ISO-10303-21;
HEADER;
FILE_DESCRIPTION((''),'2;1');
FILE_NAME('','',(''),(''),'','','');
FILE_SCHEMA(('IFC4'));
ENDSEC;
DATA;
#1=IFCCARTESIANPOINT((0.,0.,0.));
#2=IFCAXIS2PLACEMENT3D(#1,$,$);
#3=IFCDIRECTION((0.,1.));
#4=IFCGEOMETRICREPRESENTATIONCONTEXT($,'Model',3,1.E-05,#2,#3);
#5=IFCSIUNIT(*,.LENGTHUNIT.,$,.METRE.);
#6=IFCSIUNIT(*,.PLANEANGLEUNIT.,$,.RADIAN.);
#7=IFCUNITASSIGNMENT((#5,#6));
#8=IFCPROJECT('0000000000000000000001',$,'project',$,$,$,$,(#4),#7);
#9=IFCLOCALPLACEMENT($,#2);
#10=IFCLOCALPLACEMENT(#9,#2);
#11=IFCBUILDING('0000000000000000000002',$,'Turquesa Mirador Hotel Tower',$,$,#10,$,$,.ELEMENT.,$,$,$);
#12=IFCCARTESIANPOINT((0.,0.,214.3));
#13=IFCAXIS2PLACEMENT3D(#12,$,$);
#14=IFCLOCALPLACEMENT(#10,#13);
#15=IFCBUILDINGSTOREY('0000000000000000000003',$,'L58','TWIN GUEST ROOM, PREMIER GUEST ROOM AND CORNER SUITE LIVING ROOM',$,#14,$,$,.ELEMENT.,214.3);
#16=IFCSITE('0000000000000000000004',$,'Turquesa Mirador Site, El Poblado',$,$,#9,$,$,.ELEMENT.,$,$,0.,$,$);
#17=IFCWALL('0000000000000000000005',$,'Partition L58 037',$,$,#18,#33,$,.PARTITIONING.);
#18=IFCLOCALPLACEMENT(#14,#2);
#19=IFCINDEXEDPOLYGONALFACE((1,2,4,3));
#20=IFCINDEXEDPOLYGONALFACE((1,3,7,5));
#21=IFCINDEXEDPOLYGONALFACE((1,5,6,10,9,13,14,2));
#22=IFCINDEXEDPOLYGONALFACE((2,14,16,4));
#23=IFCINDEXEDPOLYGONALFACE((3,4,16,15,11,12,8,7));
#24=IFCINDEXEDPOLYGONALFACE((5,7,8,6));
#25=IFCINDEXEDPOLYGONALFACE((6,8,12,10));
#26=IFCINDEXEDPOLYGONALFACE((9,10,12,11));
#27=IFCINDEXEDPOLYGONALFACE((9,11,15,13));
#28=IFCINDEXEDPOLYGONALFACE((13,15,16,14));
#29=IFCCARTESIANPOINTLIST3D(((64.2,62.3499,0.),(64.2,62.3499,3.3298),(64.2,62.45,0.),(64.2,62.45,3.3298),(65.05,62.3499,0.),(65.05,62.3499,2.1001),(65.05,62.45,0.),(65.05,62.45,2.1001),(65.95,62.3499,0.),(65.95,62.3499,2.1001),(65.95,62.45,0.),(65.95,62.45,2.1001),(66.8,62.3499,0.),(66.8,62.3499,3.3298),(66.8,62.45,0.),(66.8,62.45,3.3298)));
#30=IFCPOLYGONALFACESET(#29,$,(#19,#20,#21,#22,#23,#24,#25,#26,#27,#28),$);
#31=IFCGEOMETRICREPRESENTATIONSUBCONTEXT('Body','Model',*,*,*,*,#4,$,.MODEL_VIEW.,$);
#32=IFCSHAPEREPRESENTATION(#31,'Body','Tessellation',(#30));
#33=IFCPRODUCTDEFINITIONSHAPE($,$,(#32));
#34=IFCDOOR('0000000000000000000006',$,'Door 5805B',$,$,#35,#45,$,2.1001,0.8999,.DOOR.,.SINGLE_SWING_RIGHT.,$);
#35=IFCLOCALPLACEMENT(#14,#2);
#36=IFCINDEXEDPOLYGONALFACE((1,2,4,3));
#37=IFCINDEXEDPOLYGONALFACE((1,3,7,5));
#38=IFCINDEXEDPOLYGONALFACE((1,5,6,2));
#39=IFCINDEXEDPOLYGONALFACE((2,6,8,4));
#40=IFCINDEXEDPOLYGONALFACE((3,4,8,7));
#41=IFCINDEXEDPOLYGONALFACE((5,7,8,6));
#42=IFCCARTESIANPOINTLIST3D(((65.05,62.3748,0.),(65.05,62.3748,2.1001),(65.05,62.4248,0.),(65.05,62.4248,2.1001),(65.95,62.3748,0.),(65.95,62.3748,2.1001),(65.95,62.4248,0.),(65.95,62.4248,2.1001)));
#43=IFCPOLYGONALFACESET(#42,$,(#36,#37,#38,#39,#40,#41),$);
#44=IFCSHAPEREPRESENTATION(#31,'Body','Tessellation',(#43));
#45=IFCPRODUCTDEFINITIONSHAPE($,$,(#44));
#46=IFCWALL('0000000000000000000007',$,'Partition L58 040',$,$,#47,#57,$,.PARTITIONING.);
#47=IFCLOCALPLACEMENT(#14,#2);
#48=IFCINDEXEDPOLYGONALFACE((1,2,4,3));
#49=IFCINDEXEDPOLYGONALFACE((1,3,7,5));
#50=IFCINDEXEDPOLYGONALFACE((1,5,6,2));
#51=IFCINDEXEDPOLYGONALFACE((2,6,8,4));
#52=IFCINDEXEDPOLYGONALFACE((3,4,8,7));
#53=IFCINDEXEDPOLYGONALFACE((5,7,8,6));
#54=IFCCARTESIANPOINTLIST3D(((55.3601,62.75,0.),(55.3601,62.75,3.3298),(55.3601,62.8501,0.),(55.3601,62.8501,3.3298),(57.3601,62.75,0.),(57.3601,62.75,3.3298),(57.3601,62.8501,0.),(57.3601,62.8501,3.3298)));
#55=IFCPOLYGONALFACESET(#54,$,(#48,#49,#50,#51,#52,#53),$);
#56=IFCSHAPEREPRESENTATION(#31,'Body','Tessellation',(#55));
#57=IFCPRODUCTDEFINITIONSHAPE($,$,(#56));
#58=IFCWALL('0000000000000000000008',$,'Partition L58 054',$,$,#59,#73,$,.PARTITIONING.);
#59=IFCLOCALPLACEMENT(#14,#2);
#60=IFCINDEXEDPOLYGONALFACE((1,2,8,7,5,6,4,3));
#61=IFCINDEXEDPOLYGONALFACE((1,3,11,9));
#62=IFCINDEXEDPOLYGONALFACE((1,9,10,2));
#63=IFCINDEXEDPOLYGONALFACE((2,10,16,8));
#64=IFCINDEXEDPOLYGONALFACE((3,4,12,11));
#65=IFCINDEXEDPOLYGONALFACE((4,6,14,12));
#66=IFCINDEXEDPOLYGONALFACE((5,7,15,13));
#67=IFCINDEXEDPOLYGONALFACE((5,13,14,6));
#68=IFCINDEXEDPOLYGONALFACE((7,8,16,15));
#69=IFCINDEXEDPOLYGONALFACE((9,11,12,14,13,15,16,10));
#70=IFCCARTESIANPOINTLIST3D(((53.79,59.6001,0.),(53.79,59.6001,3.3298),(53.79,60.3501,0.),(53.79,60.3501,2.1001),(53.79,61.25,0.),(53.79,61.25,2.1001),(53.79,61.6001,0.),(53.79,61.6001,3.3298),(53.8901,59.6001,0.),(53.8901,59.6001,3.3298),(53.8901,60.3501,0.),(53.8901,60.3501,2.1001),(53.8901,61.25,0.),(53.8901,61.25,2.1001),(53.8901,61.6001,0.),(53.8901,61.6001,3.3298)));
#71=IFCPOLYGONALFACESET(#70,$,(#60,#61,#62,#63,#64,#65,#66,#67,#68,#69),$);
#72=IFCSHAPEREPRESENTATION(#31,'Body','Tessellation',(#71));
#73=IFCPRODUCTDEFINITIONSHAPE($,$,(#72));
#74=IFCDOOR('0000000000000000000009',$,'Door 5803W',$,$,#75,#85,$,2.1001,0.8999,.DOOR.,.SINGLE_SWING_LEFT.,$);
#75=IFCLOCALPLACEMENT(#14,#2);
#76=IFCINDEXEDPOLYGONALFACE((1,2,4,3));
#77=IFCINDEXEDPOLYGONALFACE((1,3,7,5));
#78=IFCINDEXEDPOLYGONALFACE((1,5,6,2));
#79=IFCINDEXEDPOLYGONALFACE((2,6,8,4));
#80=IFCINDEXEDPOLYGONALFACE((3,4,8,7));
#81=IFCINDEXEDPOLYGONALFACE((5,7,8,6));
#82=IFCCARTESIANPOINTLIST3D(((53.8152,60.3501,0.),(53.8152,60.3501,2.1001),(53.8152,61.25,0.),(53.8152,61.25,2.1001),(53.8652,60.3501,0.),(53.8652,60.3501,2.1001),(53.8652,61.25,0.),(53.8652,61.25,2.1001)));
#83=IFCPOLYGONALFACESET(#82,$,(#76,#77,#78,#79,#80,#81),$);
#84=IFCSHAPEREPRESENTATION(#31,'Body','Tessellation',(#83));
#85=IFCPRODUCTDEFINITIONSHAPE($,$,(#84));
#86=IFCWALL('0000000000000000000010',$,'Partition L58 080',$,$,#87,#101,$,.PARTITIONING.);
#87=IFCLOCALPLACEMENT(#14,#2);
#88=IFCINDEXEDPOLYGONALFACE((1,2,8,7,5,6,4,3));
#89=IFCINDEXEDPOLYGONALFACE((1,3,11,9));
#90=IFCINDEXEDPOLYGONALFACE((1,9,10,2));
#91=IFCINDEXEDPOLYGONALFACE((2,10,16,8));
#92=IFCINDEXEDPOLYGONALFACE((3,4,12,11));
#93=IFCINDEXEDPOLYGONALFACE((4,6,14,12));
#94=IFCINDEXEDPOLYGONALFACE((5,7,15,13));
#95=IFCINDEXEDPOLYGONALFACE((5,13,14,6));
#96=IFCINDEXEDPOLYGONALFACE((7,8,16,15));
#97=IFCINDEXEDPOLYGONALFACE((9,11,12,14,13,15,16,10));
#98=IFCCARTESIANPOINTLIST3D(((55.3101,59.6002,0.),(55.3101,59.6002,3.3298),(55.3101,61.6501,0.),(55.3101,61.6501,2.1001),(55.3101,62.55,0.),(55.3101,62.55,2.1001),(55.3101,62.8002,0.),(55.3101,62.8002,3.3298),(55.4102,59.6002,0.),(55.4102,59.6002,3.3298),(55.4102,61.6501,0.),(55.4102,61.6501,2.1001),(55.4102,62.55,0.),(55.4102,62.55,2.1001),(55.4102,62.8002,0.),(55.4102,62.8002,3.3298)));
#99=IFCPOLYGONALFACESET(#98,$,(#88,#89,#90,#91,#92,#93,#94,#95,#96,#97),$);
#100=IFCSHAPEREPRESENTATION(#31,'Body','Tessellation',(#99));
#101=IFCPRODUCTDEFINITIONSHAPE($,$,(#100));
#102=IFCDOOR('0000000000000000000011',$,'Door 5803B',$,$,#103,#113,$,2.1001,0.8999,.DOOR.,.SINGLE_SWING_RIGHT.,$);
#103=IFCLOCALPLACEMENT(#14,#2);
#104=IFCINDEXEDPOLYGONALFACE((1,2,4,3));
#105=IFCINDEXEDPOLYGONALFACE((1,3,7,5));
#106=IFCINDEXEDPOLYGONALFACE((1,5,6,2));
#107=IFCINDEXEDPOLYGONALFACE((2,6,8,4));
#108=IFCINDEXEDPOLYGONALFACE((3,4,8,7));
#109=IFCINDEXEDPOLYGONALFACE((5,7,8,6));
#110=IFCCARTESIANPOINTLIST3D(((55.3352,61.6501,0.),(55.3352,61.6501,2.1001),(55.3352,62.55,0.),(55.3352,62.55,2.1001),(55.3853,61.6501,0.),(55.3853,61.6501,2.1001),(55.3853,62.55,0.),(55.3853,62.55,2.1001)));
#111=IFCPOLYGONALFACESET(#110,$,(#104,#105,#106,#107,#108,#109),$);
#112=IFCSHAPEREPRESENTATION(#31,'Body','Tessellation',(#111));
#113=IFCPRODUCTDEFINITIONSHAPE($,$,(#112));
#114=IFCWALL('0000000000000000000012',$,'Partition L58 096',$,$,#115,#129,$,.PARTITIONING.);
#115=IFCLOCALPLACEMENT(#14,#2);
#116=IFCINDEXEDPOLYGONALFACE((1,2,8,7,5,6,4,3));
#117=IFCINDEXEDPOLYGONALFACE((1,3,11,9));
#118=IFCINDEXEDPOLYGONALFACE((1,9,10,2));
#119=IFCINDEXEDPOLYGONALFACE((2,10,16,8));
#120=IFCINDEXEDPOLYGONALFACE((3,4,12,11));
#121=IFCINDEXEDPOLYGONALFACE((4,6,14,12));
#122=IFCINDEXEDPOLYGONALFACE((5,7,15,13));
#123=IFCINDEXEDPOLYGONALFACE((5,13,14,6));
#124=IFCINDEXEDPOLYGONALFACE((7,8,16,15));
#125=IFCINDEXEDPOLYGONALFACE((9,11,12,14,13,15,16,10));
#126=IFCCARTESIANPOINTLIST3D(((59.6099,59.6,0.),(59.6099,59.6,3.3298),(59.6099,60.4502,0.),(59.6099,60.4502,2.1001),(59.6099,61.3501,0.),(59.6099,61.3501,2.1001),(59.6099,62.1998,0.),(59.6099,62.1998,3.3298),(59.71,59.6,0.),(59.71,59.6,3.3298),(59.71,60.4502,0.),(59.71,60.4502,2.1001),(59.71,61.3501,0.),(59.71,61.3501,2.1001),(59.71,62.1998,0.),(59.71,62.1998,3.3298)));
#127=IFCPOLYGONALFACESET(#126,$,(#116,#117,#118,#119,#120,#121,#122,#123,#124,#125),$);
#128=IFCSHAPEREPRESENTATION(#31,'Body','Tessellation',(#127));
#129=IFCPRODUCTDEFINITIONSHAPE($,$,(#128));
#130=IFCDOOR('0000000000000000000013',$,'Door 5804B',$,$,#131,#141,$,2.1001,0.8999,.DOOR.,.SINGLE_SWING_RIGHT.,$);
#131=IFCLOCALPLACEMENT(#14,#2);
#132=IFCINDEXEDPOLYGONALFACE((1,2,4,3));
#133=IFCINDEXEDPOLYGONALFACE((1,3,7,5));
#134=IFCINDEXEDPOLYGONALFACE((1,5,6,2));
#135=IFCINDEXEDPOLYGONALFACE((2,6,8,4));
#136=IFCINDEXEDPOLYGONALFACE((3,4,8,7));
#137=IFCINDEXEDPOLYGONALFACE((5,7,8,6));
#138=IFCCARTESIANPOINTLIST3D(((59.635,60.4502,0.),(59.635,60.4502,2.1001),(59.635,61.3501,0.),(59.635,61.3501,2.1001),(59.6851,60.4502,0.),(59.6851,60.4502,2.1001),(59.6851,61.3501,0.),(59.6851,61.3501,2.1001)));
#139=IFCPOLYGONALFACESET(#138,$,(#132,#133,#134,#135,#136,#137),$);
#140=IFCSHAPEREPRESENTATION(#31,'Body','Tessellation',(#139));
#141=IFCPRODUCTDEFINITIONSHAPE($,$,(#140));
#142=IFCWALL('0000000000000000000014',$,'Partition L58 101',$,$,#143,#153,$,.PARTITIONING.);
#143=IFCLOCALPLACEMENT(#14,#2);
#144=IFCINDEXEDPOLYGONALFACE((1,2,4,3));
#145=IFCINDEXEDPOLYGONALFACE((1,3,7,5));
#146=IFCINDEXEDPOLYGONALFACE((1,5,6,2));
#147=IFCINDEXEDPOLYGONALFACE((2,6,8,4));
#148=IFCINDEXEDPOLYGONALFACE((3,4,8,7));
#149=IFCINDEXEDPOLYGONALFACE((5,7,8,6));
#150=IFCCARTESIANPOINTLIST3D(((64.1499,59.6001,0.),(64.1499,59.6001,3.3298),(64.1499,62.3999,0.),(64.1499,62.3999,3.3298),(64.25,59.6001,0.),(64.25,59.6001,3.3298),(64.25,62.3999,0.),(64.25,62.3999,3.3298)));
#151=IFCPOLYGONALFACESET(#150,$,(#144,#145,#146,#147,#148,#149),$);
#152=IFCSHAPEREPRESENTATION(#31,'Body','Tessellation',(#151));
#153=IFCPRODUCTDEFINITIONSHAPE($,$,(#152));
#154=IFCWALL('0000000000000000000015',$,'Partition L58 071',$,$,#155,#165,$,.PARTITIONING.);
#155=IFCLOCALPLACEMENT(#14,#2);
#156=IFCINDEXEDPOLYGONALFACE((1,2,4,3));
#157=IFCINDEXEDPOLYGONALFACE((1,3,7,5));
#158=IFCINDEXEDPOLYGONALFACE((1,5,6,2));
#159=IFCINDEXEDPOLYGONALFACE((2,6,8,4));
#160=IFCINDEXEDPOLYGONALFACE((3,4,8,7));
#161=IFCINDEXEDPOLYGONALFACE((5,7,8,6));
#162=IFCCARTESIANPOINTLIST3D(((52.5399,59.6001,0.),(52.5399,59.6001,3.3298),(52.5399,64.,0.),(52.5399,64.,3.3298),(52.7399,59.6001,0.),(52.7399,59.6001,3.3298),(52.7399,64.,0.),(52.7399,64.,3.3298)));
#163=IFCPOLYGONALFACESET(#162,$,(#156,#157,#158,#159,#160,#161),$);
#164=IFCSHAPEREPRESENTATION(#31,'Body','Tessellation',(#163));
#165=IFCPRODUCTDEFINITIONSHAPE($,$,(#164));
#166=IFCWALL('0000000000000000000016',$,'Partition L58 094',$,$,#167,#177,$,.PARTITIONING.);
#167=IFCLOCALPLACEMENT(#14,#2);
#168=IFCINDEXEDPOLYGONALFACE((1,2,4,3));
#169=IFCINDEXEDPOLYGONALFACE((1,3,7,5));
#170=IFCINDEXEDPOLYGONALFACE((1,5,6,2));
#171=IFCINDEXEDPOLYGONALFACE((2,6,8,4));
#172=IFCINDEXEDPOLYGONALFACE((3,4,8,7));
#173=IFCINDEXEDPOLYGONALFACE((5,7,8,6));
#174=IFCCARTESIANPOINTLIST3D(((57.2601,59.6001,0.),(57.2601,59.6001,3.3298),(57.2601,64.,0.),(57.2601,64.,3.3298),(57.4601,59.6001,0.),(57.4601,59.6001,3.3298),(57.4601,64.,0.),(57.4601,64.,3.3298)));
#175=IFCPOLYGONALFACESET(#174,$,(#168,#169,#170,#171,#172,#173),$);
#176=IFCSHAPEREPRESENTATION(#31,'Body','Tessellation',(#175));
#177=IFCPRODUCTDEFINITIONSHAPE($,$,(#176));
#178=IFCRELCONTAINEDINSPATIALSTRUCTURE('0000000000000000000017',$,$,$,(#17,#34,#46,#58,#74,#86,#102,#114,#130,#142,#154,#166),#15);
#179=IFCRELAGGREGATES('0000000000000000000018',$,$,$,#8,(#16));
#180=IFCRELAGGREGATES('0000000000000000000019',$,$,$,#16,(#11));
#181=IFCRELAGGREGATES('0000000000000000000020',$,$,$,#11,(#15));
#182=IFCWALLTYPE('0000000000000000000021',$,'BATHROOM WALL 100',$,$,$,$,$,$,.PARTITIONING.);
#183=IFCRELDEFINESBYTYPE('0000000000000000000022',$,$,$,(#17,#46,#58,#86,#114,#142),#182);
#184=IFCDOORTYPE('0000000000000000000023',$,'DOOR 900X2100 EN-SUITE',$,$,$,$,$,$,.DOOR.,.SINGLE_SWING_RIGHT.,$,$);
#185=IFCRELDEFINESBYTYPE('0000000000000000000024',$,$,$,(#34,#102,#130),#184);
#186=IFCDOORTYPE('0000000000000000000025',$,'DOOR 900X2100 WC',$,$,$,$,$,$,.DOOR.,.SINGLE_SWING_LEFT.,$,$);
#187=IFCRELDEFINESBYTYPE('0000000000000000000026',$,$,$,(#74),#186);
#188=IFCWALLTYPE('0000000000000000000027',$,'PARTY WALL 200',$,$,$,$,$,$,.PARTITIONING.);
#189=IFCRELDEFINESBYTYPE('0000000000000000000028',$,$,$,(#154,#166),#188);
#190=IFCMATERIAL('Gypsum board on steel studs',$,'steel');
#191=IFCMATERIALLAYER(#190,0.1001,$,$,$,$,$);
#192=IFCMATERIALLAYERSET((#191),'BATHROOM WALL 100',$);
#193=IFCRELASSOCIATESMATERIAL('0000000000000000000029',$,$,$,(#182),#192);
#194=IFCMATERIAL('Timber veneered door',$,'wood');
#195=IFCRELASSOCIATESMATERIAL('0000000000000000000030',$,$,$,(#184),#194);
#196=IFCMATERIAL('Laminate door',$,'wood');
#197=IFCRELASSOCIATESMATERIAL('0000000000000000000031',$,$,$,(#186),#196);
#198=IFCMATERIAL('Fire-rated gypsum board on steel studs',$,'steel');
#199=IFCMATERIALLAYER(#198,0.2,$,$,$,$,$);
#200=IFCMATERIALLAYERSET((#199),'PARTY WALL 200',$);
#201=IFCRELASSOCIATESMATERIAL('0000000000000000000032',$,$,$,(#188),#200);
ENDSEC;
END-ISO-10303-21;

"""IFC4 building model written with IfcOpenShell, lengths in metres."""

from ifc_helpers import new_model, si_unit, direction, frame, frame_2d, origin, place, context, subcontext, project, spatial, rectangle, extrude, material, layer, layer_set, type_object, element, fill, save


model = new_model("IFC4")

# Units and contexts
model_context = context("Model", 3, precision=1e-05, world=origin(), true_north=direction((0.0, 1.0)))
body_context = subcontext(model_context, "Body", "Model", "MODEL_VIEW")
ifc_project = project(units=[si_unit("LENGTHUNIT", "METRE"), si_unit("PLANEANGLEUNIT", "RADIAN")], contexts=[model_context])

# Site, building, storey
site_placement = place(None, origin())
site = spatial("IfcSite", under=ifc_project, at=site_placement, Name="Turquesa Mirador Site, El Poblado", CompositionType="ELEMENT", RefElevation=0.0)
building_placement = place(site_placement, origin())
building = spatial("IfcBuilding", under=site, at=building_placement, Name="Turquesa Mirador Hotel Tower", CompositionType="ELEMENT")
storey_placement = place(building_placement, frame((0.0, 0.0, 214.3)))
storey = spatial("IfcBuildingStorey", under=building, at=storey_placement, Name="L58", Description="TWIN GUEST ROOM, PREMIER GUEST ROOM AND CORNER SUITE LIVING ROOM", CompositionType="ELEMENT", Elevation=214.3)

# Shared definitions
ifc_material_1 = material(Name="Gypsum board on steel studs", Category="steel")
ifc_layer_1 = layer(ifc_material_1, 0.1001)
ifc_layer_set_1 = layer_set([ifc_layer_1], Name="BATHROOM WALL 100")
wall_type_1 = type_object("IfcWallType", Name="BATHROOM WALL 100", PredefinedType="PARTITIONING", material=ifc_layer_set_1)

# Wall, opening, door
wall_1_placement = place(storey_placement, frame((64.2, 62.3999, 0.0), z_axis=(0.0, 0.0, 1.0), x_axis=(1.0, 0.0, 0.0)))
wall_1 = element("IfcWall", 1, at=wall_1_placement, inside=storey, type_object=wall_type_1, Name="Partition L58 037", PredefinedType="PARTITIONING", context=body_context, shape_type="SweptSolid", body=[
    extrude(rectangle(XDim=2.6001, YDim=0.1001, at=frame_2d((1.3, 0.0))), origin(), (0.0, 0.0, 1.0), 3.3298),
])
opening_1_placement = place(wall_1_placement, frame((0.8501, 0.0, 0.0)))
opening_1 = element("IfcOpeningElement", 2, at=opening_1_placement, cuts=wall_1, PredefinedType="OPENING", context=body_context, shape_type="SweptSolid", body=[
    extrude(rectangle(XDim=0.8999, YDim=2.1001, at=frame_2d((0.45, 1.05))), frame((0.0, 0.0601, 0.0), z_axis=(0.0, -1.0, 0.0), x_axis=(1.0, 0.0, 0.0)), (0.0, 0.0, 1.0), 0.1201),
])
ifc_material_2 = material(Name="Timber veneered door", Category="wood")
door_type_1 = type_object("IfcDoorType", Name="DOOR 900X2100 EN-SUITE", OperationType="SINGLE_SWING_RIGHT", PredefinedType="DOOR", material=ifc_material_2)
door_1_placement = place(opening_1_placement, origin())
door_1 = element("IfcDoor", 3, at=door_1_placement, inside=storey, type_object=door_type_1, Name="Door 5805B", OperationType="SINGLE_SWING_RIGHT", OverallHeight=2.1001, OverallWidth=0.8999, PredefinedType="DOOR", context=body_context, shape_type="SweptSolid", body=[
    extrude(rectangle(XDim=0.8999, YDim=2.1001, at=frame_2d((0.45, 1.05))), frame((0.0, 0.0249, 0.0), z_axis=(0.0, -1.0, 0.0), x_axis=(1.0, 0.0, 0.0)), (0.0, 0.0, 1.0), 0.05),
])
fill(opening_1, door_1)

# Wall
wall_2_placement = place(storey_placement, frame((55.3601, 62.8, 0.0), z_axis=(0.0, 0.0, 1.0), x_axis=(1.0, 0.0, 0.0)))
element("IfcWall", 4, at=wall_2_placement, inside=storey, type_object=wall_type_1, Name="Partition L58 040", PredefinedType="PARTITIONING", context=body_context, shape_type="SweptSolid", body=[
    extrude(rectangle(XDim=2.0, YDim=0.1001, at=frame_2d((1.0, 0.0))), origin(), (0.0, 0.0, 1.0), 3.3298),
])

# Walls, openings, doors
wall_3_placement = place(storey_placement, frame((53.8401, 59.6001, 0.0), z_axis=(0.0, 0.0, 1.0), x_axis=(0.0, 1.0, 0.0)))
wall_3 = element("IfcWall", 5, at=wall_3_placement, inside=storey, type_object=wall_type_1, Name="Partition L58 054", PredefinedType="PARTITIONING", context=body_context, shape_type="SweptSolid", body=[
    extrude(rectangle(XDim=2.0, YDim=0.1001, at=frame_2d((1.0, 0.0))), origin(), (0.0, 0.0, 1.0), 3.3298),
])
opening_2_placement = place(wall_3_placement, frame((0.75, 0.0, 0.0)))
opening_2 = element("IfcOpeningElement", 6, at=opening_2_placement, cuts=wall_3, PredefinedType="OPENING", context=body_context, shape_type="SweptSolid", body=[
    extrude(rectangle(XDim=0.8999, YDim=2.1001, at=frame_2d((0.45, 1.05))), frame((0.0, 0.0601, 0.0), z_axis=(0.0, -1.0, 0.0), x_axis=(1.0, 0.0, 0.0)), (0.0, 0.0, 1.0), 0.1201),
])
ifc_material_3 = material(Name="Laminate door", Category="wood")
door_type_2 = type_object("IfcDoorType", Name="DOOR 900X2100 WC", OperationType="SINGLE_SWING_LEFT", PredefinedType="DOOR", material=ifc_material_3)
door_2_placement = place(opening_2_placement, origin())
door_2 = element("IfcDoor", 7, at=door_2_placement, inside=storey, type_object=door_type_2, Name="Door 5803W", OperationType="SINGLE_SWING_LEFT", OverallHeight=2.1001, OverallWidth=0.8999, PredefinedType="DOOR", context=body_context, shape_type="SweptSolid", body=[
    extrude(rectangle(XDim=0.8999, YDim=2.1001, at=frame_2d((0.45, 1.05))), frame((0.0, 0.0249, 0.0), z_axis=(0.0, -1.0, 0.0), x_axis=(1.0, 0.0, 0.0)), (0.0, 0.0, 1.0), 0.05),
])
fill(opening_2, door_2)
wall_4_placement = place(storey_placement, frame((55.3601, 59.6001, 0.0), z_axis=(0.0, 0.0, 1.0), x_axis=(0.0, 1.0, 0.0)))
wall_4 = element("IfcWall", 8, at=wall_4_placement, inside=storey, type_object=wall_type_1, Name="Partition L58 080", PredefinedType="PARTITIONING", context=body_context, shape_type="SweptSolid", body=[
    extrude(rectangle(XDim=3.2, YDim=0.1001, at=frame_2d((1.6001, 0.0))), origin(), (0.0, 0.0, 1.0), 3.3298),
])
opening_3_placement = place(wall_4_placement, frame((2.05, 0.0, 0.0)))
opening_3 = element("IfcOpeningElement", 9, at=opening_3_placement, cuts=wall_4, PredefinedType="OPENING", context=body_context, shape_type="SweptSolid", body=[
    extrude(rectangle(XDim=0.8999, YDim=2.1001, at=frame_2d((0.45, 1.05))), frame((0.0, 0.0601, 0.0), z_axis=(0.0, -1.0, 0.0), x_axis=(1.0, 0.0, 0.0)), (0.0, 0.0, 1.0), 0.1201),
])
door_3_placement = place(opening_3_placement, origin())
door_3 = element("IfcDoor", 10, at=door_3_placement, inside=storey, type_object=door_type_1, Name="Door 5803B", OperationType="SINGLE_SWING_RIGHT", OverallHeight=2.1001, OverallWidth=0.8999, PredefinedType="DOOR", context=body_context, shape_type="SweptSolid", body=[
    extrude(rectangle(XDim=0.8999, YDim=2.1001, at=frame_2d((0.45, 1.05))), frame((0.0, 0.0249, 0.0), z_axis=(0.0, -1.0, 0.0), x_axis=(1.0, 0.0, 0.0)), (0.0, 0.0, 1.0), 0.05),
])
fill(opening_3, door_3)
wall_5_placement = place(storey_placement, frame((59.6599, 59.6001, 0.0), z_axis=(0.0, 0.0, 1.0), x_axis=(0.0, 1.0, 0.0)))
wall_5 = element("IfcWall", 11, at=wall_5_placement, inside=storey, type_object=wall_type_1, Name="Partition L58 096", PredefinedType="PARTITIONING", context=body_context, shape_type="SweptSolid", body=[
    extrude(rectangle(XDim=2.5999, YDim=0.1001, at=frame_2d((1.2998, 0.0))), origin(), (0.0, 0.0, 1.0), 3.3298),
])
opening_4_placement = place(wall_5_placement, frame((0.8501, 0.0, 0.0)))
opening_4 = element("IfcOpeningElement", 12, at=opening_4_placement, cuts=wall_5, PredefinedType="OPENING", context=body_context, shape_type="SweptSolid", body=[
    extrude(rectangle(XDim=0.8999, YDim=2.1001, at=frame_2d((0.45, 1.05))), frame((0.0, 0.0601, 0.0), z_axis=(0.0, -1.0, 0.0), x_axis=(1.0, 0.0, 0.0)), (0.0, 0.0, 1.0), 0.1201),
])
door_4_placement = place(opening_4_placement, origin())
door_4 = element("IfcDoor", 13, at=door_4_placement, inside=storey, type_object=door_type_1, Name="Door 5804B", OperationType="SINGLE_SWING_RIGHT", OverallHeight=2.1001, OverallWidth=0.8999, PredefinedType="DOOR", context=body_context, shape_type="SweptSolid", body=[
    extrude(rectangle(XDim=0.8999, YDim=2.1001, at=frame_2d((0.45, 1.05))), frame((0.0, 0.0249, 0.0), z_axis=(0.0, -1.0, 0.0), x_axis=(1.0, 0.0, 0.0)), (0.0, 0.0, 1.0), 0.05),
])
fill(opening_4, door_4)

# Walls
wall_6_placement = place(storey_placement, frame((64.2, 59.6001, 0.0), z_axis=(0.0, 0.0, 1.0), x_axis=(0.0, 1.0, 0.0)))
element("IfcWall", 14, at=wall_6_placement, inside=storey, type_object=wall_type_1, Name="Partition L58 101", PredefinedType="PARTITIONING", context=body_context, shape_type="SweptSolid", body=[
    extrude(rectangle(XDim=2.7998, YDim=0.1001, at=frame_2d((1.3999, 0.0))), origin(), (0.0, 0.0, 1.0), 3.3298),
])
ifc_material_4 = material(Name="Fire-rated gypsum board on steel studs", Category="steel")
ifc_layer_2 = layer(ifc_material_4, 0.2)
ifc_layer_set_2 = layer_set([ifc_layer_2], Name="PARTY WALL 200")
wall_type_2 = type_object("IfcWallType", Name="PARTY WALL 200", PredefinedType="PARTITIONING", material=ifc_layer_set_2)
for number, where, z_axis, x_axis, name in (
    (15, (52.6399, 59.6001, 0.0), (0.0, 0.0, 1.0), (0.0, 1.0, 0.0), "Partition L58 071"),
    (16, (57.3601, 59.6001, 0.0), (0.0, 0.0, 1.0), (0.0, 1.0, 0.0), "Partition L58 094"),
):
    element("IfcWall", number, at=place(storey_placement, frame(where, z_axis=z_axis, x_axis=x_axis)), inside=storey, type_object=wall_type_2, Name=name, PredefinedType="PARTITIONING", context=body_context, shape_type="SweptSolid", body=[
        extrude(rectangle(XDim=4.3999, YDim=0.2, at=frame_2d((2.2, 0.0))), origin(), (0.0, 0.0, 1.0), 3.3298),
    ])

save(model, "model.ifc")
